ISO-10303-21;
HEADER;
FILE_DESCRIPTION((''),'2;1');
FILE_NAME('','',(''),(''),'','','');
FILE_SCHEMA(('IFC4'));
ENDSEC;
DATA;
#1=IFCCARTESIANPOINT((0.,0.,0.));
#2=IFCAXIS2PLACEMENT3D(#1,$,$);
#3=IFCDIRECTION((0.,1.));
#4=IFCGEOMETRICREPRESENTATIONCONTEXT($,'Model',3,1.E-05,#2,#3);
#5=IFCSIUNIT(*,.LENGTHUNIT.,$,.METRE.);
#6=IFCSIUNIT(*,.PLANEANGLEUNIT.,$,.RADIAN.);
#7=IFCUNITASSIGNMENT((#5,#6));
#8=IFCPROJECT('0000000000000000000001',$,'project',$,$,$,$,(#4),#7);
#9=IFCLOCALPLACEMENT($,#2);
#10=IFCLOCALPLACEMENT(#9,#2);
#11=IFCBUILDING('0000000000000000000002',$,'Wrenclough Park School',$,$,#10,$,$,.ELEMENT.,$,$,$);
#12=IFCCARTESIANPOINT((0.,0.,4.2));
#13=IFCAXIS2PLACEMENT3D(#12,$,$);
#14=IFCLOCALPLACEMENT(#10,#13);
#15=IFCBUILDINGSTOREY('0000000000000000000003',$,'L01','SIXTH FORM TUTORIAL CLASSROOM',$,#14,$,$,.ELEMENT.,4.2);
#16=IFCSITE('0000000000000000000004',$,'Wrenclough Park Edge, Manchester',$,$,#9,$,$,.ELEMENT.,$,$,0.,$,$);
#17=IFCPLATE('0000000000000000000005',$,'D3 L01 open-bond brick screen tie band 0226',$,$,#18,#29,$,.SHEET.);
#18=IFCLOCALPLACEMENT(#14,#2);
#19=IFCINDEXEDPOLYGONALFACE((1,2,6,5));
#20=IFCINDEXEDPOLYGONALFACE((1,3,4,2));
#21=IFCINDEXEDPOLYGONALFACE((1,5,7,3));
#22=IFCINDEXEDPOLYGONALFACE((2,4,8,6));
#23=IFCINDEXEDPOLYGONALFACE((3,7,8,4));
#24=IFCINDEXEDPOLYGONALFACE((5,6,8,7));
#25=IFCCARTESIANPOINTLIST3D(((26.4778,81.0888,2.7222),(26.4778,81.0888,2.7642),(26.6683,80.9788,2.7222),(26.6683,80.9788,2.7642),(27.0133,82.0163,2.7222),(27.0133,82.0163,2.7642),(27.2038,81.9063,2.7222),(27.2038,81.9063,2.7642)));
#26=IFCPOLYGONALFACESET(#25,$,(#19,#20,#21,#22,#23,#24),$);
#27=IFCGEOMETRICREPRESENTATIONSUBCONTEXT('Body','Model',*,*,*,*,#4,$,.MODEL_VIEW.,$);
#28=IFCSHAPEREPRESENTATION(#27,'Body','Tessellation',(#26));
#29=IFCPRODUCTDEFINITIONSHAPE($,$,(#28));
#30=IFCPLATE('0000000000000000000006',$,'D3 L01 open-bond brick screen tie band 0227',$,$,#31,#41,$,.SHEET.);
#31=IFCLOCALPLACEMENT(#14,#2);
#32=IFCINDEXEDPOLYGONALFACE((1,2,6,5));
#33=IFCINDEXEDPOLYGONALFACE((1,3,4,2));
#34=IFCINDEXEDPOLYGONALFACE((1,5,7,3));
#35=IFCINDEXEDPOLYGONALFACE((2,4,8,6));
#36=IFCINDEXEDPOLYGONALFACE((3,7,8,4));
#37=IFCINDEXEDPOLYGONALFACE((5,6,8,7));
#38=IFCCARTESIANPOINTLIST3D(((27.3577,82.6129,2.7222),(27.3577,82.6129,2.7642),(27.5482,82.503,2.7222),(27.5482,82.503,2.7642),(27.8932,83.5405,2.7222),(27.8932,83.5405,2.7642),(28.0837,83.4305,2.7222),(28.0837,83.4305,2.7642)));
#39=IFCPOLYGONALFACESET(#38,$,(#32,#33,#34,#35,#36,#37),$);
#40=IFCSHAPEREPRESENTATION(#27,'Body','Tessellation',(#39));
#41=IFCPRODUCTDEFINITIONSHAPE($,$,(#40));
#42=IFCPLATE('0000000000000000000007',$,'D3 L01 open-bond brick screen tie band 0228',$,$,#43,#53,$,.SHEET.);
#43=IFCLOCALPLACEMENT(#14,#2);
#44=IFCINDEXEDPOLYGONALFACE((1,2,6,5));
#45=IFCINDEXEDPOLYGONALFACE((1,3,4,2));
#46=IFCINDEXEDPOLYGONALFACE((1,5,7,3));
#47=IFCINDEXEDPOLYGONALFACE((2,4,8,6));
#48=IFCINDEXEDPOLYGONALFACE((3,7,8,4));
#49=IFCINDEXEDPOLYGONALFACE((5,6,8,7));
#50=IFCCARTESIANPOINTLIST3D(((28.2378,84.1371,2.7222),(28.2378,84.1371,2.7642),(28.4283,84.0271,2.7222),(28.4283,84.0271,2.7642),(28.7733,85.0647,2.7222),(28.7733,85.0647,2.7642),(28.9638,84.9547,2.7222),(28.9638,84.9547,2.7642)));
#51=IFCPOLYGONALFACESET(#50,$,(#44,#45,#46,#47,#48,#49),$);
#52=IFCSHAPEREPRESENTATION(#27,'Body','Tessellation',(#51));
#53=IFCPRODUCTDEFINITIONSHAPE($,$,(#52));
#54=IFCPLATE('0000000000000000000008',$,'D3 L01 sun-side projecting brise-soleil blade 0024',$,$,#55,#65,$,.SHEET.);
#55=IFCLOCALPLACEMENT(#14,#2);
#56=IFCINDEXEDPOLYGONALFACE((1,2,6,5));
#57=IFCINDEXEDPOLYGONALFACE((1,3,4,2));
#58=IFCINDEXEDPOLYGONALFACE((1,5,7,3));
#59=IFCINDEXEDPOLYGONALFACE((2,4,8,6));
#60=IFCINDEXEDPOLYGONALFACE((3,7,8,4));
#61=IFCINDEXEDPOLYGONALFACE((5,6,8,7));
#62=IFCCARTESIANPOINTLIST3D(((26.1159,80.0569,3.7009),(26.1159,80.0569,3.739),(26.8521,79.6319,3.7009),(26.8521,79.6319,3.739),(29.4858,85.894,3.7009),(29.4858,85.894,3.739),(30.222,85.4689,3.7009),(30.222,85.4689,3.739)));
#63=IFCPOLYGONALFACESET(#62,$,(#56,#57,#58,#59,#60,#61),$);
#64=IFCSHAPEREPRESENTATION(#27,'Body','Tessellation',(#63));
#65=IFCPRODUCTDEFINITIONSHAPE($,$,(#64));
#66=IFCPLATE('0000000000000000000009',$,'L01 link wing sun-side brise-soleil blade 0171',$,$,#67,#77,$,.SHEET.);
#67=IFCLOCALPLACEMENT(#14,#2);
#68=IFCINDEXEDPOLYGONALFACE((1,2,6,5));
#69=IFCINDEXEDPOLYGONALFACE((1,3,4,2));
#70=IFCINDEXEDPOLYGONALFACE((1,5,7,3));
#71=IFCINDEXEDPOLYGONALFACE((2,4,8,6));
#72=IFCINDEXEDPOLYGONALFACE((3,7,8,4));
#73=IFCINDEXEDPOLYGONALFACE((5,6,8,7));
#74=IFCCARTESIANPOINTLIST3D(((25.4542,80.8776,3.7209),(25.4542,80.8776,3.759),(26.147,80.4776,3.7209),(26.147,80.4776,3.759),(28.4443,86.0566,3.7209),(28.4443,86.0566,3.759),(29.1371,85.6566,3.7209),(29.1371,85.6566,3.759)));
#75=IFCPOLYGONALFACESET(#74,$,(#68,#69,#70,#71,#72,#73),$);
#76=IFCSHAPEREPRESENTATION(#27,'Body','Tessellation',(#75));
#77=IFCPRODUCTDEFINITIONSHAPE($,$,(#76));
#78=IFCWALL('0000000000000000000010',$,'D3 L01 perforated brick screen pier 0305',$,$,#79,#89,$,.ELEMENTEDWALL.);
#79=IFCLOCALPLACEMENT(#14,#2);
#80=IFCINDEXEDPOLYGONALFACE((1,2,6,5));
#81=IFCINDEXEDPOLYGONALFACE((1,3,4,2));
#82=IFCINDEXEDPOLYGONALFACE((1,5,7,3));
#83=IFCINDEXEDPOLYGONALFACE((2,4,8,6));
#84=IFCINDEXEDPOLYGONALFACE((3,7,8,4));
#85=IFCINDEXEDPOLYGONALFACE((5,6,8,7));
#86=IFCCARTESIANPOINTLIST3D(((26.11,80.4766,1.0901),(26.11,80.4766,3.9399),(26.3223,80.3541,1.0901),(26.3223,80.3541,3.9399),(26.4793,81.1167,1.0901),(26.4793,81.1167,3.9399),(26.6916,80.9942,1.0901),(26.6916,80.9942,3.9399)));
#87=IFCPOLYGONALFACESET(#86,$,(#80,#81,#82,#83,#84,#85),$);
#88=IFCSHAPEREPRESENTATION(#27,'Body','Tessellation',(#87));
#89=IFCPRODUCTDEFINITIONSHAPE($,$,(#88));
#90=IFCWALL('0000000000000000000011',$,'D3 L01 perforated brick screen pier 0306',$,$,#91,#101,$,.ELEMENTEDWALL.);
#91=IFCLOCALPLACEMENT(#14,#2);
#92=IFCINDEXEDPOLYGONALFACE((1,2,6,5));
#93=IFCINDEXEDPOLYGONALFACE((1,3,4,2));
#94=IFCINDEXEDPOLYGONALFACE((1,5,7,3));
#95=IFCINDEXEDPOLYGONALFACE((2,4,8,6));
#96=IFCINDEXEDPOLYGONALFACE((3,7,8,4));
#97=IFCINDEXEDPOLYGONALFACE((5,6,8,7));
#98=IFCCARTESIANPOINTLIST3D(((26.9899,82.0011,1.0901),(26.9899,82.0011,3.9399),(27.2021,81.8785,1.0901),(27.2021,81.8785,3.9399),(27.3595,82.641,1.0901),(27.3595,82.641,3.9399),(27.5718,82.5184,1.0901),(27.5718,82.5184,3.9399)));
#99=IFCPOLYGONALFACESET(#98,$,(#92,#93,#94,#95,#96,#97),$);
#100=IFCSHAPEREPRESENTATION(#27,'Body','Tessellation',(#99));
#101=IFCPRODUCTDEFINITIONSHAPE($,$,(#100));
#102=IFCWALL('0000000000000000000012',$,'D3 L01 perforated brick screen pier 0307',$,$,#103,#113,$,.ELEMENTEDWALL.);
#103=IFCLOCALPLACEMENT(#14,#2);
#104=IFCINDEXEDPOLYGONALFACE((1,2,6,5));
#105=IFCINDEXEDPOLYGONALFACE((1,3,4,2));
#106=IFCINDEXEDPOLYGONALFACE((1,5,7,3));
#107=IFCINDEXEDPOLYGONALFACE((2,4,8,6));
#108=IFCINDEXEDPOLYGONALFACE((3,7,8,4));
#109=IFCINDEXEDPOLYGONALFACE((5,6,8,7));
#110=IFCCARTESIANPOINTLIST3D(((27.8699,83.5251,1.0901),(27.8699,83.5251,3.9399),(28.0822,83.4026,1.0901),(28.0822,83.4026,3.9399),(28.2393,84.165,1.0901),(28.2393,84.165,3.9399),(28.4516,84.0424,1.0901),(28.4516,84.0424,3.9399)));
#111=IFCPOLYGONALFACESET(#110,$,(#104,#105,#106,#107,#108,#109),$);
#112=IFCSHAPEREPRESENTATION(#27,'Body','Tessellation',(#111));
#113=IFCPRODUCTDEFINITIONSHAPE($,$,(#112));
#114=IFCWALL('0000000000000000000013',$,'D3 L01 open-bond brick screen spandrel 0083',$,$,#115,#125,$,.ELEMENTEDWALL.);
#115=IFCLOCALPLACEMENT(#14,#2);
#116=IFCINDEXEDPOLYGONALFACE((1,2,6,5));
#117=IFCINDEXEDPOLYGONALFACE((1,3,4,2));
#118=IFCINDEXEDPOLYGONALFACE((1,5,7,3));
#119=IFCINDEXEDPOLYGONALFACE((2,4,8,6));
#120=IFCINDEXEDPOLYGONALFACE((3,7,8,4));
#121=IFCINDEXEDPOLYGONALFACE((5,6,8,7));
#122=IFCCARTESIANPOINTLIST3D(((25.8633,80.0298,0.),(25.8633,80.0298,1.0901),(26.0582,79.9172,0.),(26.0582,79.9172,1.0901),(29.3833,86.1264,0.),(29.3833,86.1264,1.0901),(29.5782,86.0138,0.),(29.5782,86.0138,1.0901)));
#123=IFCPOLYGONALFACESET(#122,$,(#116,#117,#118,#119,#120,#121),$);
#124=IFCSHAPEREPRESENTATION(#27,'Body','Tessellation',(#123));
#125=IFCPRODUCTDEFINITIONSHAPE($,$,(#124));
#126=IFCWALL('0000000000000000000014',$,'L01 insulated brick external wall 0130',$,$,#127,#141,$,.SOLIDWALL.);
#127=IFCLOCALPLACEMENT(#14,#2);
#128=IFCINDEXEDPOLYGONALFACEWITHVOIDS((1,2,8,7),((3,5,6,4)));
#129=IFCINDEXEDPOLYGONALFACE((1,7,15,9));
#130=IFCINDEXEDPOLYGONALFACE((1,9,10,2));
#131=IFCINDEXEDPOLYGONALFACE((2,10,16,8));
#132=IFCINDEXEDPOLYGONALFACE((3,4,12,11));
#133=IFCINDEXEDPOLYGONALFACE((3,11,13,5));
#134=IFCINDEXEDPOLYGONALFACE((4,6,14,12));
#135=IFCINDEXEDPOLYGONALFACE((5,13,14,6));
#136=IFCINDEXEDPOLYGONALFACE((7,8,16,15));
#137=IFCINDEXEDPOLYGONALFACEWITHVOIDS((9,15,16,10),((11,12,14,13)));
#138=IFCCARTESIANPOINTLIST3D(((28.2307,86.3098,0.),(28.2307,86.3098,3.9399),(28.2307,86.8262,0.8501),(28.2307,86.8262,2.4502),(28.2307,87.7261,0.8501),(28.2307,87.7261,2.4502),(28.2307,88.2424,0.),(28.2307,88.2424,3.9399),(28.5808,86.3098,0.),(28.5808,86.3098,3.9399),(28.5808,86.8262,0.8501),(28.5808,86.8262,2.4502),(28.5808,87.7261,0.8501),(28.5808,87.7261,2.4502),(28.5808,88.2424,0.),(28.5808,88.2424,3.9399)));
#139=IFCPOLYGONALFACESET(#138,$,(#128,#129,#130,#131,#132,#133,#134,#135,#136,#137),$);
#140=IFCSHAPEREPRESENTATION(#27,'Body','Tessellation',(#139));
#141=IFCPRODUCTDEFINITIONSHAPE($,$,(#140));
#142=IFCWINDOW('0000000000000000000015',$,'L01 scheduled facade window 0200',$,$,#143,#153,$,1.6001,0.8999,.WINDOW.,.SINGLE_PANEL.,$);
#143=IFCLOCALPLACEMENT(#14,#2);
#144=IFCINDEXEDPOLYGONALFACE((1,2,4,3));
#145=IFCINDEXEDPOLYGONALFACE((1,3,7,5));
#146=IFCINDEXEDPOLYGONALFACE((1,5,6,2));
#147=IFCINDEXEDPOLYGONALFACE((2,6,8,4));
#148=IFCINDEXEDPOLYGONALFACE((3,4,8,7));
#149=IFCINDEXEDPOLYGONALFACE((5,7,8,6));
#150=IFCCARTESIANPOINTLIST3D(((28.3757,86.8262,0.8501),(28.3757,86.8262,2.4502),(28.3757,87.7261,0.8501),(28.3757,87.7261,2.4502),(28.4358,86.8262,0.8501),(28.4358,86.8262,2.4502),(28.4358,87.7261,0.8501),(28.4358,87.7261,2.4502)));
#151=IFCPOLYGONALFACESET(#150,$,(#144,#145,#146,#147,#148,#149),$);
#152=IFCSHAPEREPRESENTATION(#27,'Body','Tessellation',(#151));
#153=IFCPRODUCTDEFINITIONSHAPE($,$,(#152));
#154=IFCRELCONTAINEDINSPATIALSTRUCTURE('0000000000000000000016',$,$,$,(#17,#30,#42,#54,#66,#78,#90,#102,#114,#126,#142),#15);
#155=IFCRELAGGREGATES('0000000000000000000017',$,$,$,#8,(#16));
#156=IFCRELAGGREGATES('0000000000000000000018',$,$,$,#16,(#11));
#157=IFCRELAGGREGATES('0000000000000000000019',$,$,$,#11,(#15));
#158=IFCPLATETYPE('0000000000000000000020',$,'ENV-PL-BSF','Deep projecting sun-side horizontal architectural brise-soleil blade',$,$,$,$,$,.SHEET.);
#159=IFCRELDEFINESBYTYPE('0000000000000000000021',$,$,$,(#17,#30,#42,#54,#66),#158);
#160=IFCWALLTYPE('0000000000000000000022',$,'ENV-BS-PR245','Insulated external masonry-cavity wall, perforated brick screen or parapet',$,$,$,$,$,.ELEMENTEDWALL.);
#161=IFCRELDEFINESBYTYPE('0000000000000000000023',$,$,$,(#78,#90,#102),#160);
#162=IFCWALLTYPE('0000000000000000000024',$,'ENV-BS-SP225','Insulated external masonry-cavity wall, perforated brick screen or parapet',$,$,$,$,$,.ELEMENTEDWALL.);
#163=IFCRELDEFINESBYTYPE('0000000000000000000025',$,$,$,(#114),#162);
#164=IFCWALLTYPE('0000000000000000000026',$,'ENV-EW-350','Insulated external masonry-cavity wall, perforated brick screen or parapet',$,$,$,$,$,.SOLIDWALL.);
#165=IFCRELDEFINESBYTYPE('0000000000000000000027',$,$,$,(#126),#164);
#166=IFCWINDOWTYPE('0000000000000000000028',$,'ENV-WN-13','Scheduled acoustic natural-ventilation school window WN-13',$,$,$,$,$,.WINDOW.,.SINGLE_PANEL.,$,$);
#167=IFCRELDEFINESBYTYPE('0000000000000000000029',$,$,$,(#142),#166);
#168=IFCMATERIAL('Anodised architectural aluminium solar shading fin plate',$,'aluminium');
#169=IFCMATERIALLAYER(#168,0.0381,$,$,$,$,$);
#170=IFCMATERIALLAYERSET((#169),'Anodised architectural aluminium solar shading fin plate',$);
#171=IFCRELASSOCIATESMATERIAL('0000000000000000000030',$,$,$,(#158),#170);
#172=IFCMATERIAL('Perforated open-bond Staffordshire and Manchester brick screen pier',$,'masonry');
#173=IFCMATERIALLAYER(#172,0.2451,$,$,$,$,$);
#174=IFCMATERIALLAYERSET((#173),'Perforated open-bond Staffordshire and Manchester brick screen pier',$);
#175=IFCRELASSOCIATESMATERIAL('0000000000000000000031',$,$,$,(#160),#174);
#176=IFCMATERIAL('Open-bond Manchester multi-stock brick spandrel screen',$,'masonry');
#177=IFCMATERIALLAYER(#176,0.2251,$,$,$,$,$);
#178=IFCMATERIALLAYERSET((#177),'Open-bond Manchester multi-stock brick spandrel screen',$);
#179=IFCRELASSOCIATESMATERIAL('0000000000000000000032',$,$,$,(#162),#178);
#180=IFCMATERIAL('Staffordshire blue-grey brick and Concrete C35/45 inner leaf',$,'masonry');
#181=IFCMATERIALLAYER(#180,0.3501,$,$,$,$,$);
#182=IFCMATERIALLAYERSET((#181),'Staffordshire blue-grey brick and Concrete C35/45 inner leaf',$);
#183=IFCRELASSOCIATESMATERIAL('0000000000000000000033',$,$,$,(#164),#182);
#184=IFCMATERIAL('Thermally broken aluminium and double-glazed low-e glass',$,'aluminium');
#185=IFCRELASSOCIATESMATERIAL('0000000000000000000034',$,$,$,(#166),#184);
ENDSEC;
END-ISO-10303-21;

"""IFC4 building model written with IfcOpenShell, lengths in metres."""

from ifc_helpers import new_model, si_unit, direction, frame, frame_2d, origin, origin_2d, place, context, subcontext, project, spatial, rectangle, extrude, material, layer, layer_set, type_object, element, fill, save


model = new_model("IFC4")

# Units and contexts
model_context = context("Model", 3, precision=1e-05, world=origin(), true_north=direction((0.0, 1.0)))
body_context = subcontext(model_context, "Body", "Model", "MODEL_VIEW")
ifc_project = project(units=[si_unit("LENGTHUNIT", "METRE"), si_unit("PLANEANGLEUNIT", "RADIAN")], contexts=[model_context])

# Site, building, storey
site_placement = place(None, origin())
site = spatial("IfcSite", under=ifc_project, at=site_placement, Name="Wrenclough Park Edge, Manchester", CompositionType="ELEMENT", RefElevation=0.0)
building_placement = place(site_placement, origin())
building = spatial("IfcBuilding", under=site, at=building_placement, Name="Wrenclough Park School", CompositionType="ELEMENT")
storey_placement = place(building_placement, frame((0.0, 0.0, 4.2)))
storey = spatial("IfcBuildingStorey", under=building, at=storey_placement, Name="L01", Description="SIXTH FORM TUTORIAL CLASSROOM", CompositionType="ELEMENT", Elevation=4.2)

# Plates
ifc_material_1 = material(Name="Anodised architectural aluminium solar shading fin plate", Category="aluminium")
ifc_layer_1 = layer(ifc_material_1, 0.0381)
ifc_layer_set_1 = layer_set([ifc_layer_1], Name="Anodised architectural aluminium solar shading fin plate")
plate_type = type_object("IfcPlateType", Name="ENV-PL-BSF", Description="Deep projecting sun-side horizontal architectural brise-soleil blade", PredefinedType="SHEET", material=ifc_layer_set_1)
for number, where, z_axis, x_axis, name in (
    (1, (26.8408, 81.4976, 2.7222), (0.0, 0.0, 1.0), (0.499991, 0.866031, 0.0), "D3 L01 open-bond brick screen tie band 0226"),
    (2, (27.7207, 83.0217, 2.7222), (0.0, 0.0, 1.0), (0.499991, 0.866031, 0.0), "D3 L01 open-bond brick screen tie band 0227"),
    (3, (28.6008, 84.5459, 2.7222), (0.0, 0.0, 1.0), (0.499991, 0.866031, 0.0), "D3 L01 open-bond brick screen tie band 0228"),
):
    element("IfcPlate", number, at=place(storey_placement, frame(where, z_axis=z_axis, x_axis=x_axis)), inside=storey, type_object=plate_type, Name=name, PredefinedType="SHEET", context=body_context, shape_type="SweptSolid", body=[
        extrude(rectangle(XDim=1.071, YDim=0.22, at=origin_2d()), origin(), (0.0, 0.0, 1.0), 0.042),
    ])
plate_1_placement = place(storey_placement, frame((28.1689, 82.7629, 3.7009), z_axis=(0.0, 0.0, 1.0), x_axis=(0.499991, 0.866031, 0.0)))
element("IfcPlate", 4, at=plate_1_placement, inside=storey, type_object=plate_type, Name="D3 L01 sun-side projecting brise-soleil blade 0024", PredefinedType="SHEET", context=body_context, shape_type="SweptSolid", body=[
    extrude(rectangle(XDim=6.74, YDim=0.8501, at=origin_2d()), origin(), (0.0, 0.0, 1.0), 0.0381),
])
plate_2_placement = place(storey_placement, frame((27.2957, 83.2671, 3.7209), z_axis=(0.0, 0.0, 1.0), x_axis=(-0.499994, -0.866029, 0.0)))
element("IfcPlate", 5, at=plate_2_placement, inside=storey, type_object=plate_type, Name="L01 link wing sun-side brise-soleil blade 0171", PredefinedType="SHEET", context=body_context, shape_type="SweptSolid", body=[
    extrude(rectangle(XDim=5.9802, YDim=0.8, at=origin_2d()), origin(), (0.0, 0.0, 1.0), 0.0381),
])

# Walls
ifc_material_2 = material(Name="Perforated open-bond Staffordshire and Manchester brick screen pier", Category="masonry")
ifc_layer_2 = layer(ifc_material_2, 0.2451)
ifc_layer_set_2 = layer_set([ifc_layer_2], Name="Perforated open-bond Staffordshire and Manchester brick screen pier")
wall_type_1 = type_object("IfcWallType", Name="ENV-BS-PR245", Description="Insulated external masonry-cavity wall, perforated brick screen or parapet", PredefinedType="ELEMENTEDWALL", material=ifc_layer_set_2)
for number, where, z_axis, x_axis, name in (
    (6, (26.2161, 80.4153, 1.0901), (0.0, 0.0, 1.0), (0.499799, 0.866142, 0.0), "D3 L01 perforated brick screen pier 0305"),
    (7, (27.0959, 81.9397, 1.0901), (0.0, 0.0, 1.0), (0.50019, 0.865916, 0.0), "D3 L01 perforated brick screen pier 0306"),
):
    element("IfcWall", number, at=place(storey_placement, frame(where, z_axis=z_axis, x_axis=x_axis)), inside=storey, type_object=wall_type_1, Name=name, PredefinedType="ELEMENTEDWALL", context=body_context, shape_type="SweptSolid", body=[
        extrude(rectangle(XDim=0.739, YDim=0.2451, at=frame_2d((0.3696, 0.0))), origin(), (0.0, 0.0, 1.0), 2.8499),
    ])
wall_1_placement = place(storey_placement, frame((27.9761, 83.4639, 1.0901), z_axis=(0.0, 0.0, 1.0), x_axis=(0.499942, 0.866059, 0.0)))
element("IfcWall", 8, at=wall_1_placement, inside=storey, type_object=wall_type_1, Name="D3 L01 perforated brick screen pier 0307", PredefinedType="ELEMENTEDWALL", context=body_context, shape_type="SweptSolid", body=[
    extrude(rectangle(XDim=0.7388, YDim=0.2451, at=frame_2d((0.3694, 0.0))), origin(), (0.0, 0.0, 1.0), 2.8499),
])
ifc_material_3 = material(Name="Open-bond Manchester multi-stock brick spandrel screen", Category="masonry")
ifc_layer_3 = layer(ifc_material_3, 0.2251)
ifc_layer_set_3 = layer_set([ifc_layer_3], Name="Open-bond Manchester multi-stock brick spandrel screen")
wall_type_2 = type_object("IfcWallType", Name="ENV-BS-SP225", Description="Insulated external masonry-cavity wall, perforated brick screen or parapet", PredefinedType="ELEMENTEDWALL", material=ifc_layer_set_3)
wall_2_placement = place(storey_placement, frame((25.9607, 79.9734, 0.0), z_axis=(0.0, 0.0, 1.0), x_axis=(0.500011, 0.866019, 0.0)))
element("IfcWall", 9, at=wall_2_placement, inside=storey, type_object=wall_type_2, Name="D3 L01 open-bond brick screen spandrel 0083", PredefinedType="ELEMENTEDWALL", context=body_context, shape_type="SweptSolid", body=[
    extrude(rectangle(XDim=7.0398, YDim=0.2251, at=frame_2d((3.52, 0.0))), origin(), (0.0, 0.0, 1.0), 1.0901),
])

# Wall, opening, window
ifc_material_4 = material(Name="Staffordshire blue-grey brick and Concrete C35/45 inner leaf", Category="masonry")
ifc_layer_4 = layer(ifc_material_4, 0.3501)
ifc_layer_set_4 = layer_set([ifc_layer_4], Name="Staffordshire blue-grey brick and Concrete C35/45 inner leaf")
wall_type_3 = type_object("IfcWallType", Name="ENV-EW-350", Description="Insulated external masonry-cavity wall, perforated brick screen or parapet", PredefinedType="SOLIDWALL", material=ifc_layer_set_4)
wall_3_placement = place(storey_placement, frame((28.4058, 88.2424, 0.0), z_axis=(0.0, 0.0, 1.0), x_axis=(0.0, -1.0, 0.0)))
wall_3 = element("IfcWall", 10, at=wall_3_placement, inside=storey, type_object=wall_type_3, Name="L01 insulated brick external wall 0130", PredefinedType="SOLIDWALL", context=body_context, shape_type="SweptSolid", body=[
    extrude(rectangle(XDim=1.9326, YDim=0.3501, at=frame_2d((0.9663, 0.0))), origin(), (0.0, 0.0, 1.0), 3.9399),
])
opening_1_placement = place(wall_3_placement, frame((0.5164, 0.0, 0.8501)))
opening_1 = element("IfcOpeningElement", 11, at=opening_1_placement, cuts=wall_3, PredefinedType="OPENING", context=body_context, shape_type="SweptSolid", body=[
    extrude(rectangle(XDim=0.8999, YDim=1.6001, at=frame_2d((0.45, 0.8))), frame((0.0, 0.1851, 0.0), z_axis=(0.0, -1.0, 0.0), x_axis=(1.0, 0.0, 0.0)), (0.0, 0.0, 1.0), 0.3701),
])
ifc_material_5 = material(Name="Thermally broken aluminium and double-glazed low-e glass", Category="aluminium")
window_type_1 = type_object("IfcWindowType", Name="ENV-WN-13", Description="Scheduled acoustic natural-ventilation school window WN-13", PartitioningType="SINGLE_PANEL", PredefinedType="WINDOW", material=ifc_material_5)
window_1_placement = place(opening_1_placement, origin())
window_1 = element("IfcWindow", 12, at=window_1_placement, inside=storey, type_object=window_type_1, Name="L01 scheduled facade window 0200", OverallHeight=1.6001, OverallWidth=0.8999, PartitioningType="SINGLE_PANEL", PredefinedType="WINDOW", context=body_context, shape_type="SweptSolid", body=[
    extrude(rectangle(XDim=0.8999, YDim=1.6001, at=frame_2d((0.45, 0.8))), frame((0.0, 0.03, 0.0), z_axis=(0.0, -1.0, 0.0), x_axis=(1.0, 0.0, 0.0)), (0.0, 0.0, 1.0), 0.0601),
])
fill(opening_1, window_1)

save(model, "model.ifc")
